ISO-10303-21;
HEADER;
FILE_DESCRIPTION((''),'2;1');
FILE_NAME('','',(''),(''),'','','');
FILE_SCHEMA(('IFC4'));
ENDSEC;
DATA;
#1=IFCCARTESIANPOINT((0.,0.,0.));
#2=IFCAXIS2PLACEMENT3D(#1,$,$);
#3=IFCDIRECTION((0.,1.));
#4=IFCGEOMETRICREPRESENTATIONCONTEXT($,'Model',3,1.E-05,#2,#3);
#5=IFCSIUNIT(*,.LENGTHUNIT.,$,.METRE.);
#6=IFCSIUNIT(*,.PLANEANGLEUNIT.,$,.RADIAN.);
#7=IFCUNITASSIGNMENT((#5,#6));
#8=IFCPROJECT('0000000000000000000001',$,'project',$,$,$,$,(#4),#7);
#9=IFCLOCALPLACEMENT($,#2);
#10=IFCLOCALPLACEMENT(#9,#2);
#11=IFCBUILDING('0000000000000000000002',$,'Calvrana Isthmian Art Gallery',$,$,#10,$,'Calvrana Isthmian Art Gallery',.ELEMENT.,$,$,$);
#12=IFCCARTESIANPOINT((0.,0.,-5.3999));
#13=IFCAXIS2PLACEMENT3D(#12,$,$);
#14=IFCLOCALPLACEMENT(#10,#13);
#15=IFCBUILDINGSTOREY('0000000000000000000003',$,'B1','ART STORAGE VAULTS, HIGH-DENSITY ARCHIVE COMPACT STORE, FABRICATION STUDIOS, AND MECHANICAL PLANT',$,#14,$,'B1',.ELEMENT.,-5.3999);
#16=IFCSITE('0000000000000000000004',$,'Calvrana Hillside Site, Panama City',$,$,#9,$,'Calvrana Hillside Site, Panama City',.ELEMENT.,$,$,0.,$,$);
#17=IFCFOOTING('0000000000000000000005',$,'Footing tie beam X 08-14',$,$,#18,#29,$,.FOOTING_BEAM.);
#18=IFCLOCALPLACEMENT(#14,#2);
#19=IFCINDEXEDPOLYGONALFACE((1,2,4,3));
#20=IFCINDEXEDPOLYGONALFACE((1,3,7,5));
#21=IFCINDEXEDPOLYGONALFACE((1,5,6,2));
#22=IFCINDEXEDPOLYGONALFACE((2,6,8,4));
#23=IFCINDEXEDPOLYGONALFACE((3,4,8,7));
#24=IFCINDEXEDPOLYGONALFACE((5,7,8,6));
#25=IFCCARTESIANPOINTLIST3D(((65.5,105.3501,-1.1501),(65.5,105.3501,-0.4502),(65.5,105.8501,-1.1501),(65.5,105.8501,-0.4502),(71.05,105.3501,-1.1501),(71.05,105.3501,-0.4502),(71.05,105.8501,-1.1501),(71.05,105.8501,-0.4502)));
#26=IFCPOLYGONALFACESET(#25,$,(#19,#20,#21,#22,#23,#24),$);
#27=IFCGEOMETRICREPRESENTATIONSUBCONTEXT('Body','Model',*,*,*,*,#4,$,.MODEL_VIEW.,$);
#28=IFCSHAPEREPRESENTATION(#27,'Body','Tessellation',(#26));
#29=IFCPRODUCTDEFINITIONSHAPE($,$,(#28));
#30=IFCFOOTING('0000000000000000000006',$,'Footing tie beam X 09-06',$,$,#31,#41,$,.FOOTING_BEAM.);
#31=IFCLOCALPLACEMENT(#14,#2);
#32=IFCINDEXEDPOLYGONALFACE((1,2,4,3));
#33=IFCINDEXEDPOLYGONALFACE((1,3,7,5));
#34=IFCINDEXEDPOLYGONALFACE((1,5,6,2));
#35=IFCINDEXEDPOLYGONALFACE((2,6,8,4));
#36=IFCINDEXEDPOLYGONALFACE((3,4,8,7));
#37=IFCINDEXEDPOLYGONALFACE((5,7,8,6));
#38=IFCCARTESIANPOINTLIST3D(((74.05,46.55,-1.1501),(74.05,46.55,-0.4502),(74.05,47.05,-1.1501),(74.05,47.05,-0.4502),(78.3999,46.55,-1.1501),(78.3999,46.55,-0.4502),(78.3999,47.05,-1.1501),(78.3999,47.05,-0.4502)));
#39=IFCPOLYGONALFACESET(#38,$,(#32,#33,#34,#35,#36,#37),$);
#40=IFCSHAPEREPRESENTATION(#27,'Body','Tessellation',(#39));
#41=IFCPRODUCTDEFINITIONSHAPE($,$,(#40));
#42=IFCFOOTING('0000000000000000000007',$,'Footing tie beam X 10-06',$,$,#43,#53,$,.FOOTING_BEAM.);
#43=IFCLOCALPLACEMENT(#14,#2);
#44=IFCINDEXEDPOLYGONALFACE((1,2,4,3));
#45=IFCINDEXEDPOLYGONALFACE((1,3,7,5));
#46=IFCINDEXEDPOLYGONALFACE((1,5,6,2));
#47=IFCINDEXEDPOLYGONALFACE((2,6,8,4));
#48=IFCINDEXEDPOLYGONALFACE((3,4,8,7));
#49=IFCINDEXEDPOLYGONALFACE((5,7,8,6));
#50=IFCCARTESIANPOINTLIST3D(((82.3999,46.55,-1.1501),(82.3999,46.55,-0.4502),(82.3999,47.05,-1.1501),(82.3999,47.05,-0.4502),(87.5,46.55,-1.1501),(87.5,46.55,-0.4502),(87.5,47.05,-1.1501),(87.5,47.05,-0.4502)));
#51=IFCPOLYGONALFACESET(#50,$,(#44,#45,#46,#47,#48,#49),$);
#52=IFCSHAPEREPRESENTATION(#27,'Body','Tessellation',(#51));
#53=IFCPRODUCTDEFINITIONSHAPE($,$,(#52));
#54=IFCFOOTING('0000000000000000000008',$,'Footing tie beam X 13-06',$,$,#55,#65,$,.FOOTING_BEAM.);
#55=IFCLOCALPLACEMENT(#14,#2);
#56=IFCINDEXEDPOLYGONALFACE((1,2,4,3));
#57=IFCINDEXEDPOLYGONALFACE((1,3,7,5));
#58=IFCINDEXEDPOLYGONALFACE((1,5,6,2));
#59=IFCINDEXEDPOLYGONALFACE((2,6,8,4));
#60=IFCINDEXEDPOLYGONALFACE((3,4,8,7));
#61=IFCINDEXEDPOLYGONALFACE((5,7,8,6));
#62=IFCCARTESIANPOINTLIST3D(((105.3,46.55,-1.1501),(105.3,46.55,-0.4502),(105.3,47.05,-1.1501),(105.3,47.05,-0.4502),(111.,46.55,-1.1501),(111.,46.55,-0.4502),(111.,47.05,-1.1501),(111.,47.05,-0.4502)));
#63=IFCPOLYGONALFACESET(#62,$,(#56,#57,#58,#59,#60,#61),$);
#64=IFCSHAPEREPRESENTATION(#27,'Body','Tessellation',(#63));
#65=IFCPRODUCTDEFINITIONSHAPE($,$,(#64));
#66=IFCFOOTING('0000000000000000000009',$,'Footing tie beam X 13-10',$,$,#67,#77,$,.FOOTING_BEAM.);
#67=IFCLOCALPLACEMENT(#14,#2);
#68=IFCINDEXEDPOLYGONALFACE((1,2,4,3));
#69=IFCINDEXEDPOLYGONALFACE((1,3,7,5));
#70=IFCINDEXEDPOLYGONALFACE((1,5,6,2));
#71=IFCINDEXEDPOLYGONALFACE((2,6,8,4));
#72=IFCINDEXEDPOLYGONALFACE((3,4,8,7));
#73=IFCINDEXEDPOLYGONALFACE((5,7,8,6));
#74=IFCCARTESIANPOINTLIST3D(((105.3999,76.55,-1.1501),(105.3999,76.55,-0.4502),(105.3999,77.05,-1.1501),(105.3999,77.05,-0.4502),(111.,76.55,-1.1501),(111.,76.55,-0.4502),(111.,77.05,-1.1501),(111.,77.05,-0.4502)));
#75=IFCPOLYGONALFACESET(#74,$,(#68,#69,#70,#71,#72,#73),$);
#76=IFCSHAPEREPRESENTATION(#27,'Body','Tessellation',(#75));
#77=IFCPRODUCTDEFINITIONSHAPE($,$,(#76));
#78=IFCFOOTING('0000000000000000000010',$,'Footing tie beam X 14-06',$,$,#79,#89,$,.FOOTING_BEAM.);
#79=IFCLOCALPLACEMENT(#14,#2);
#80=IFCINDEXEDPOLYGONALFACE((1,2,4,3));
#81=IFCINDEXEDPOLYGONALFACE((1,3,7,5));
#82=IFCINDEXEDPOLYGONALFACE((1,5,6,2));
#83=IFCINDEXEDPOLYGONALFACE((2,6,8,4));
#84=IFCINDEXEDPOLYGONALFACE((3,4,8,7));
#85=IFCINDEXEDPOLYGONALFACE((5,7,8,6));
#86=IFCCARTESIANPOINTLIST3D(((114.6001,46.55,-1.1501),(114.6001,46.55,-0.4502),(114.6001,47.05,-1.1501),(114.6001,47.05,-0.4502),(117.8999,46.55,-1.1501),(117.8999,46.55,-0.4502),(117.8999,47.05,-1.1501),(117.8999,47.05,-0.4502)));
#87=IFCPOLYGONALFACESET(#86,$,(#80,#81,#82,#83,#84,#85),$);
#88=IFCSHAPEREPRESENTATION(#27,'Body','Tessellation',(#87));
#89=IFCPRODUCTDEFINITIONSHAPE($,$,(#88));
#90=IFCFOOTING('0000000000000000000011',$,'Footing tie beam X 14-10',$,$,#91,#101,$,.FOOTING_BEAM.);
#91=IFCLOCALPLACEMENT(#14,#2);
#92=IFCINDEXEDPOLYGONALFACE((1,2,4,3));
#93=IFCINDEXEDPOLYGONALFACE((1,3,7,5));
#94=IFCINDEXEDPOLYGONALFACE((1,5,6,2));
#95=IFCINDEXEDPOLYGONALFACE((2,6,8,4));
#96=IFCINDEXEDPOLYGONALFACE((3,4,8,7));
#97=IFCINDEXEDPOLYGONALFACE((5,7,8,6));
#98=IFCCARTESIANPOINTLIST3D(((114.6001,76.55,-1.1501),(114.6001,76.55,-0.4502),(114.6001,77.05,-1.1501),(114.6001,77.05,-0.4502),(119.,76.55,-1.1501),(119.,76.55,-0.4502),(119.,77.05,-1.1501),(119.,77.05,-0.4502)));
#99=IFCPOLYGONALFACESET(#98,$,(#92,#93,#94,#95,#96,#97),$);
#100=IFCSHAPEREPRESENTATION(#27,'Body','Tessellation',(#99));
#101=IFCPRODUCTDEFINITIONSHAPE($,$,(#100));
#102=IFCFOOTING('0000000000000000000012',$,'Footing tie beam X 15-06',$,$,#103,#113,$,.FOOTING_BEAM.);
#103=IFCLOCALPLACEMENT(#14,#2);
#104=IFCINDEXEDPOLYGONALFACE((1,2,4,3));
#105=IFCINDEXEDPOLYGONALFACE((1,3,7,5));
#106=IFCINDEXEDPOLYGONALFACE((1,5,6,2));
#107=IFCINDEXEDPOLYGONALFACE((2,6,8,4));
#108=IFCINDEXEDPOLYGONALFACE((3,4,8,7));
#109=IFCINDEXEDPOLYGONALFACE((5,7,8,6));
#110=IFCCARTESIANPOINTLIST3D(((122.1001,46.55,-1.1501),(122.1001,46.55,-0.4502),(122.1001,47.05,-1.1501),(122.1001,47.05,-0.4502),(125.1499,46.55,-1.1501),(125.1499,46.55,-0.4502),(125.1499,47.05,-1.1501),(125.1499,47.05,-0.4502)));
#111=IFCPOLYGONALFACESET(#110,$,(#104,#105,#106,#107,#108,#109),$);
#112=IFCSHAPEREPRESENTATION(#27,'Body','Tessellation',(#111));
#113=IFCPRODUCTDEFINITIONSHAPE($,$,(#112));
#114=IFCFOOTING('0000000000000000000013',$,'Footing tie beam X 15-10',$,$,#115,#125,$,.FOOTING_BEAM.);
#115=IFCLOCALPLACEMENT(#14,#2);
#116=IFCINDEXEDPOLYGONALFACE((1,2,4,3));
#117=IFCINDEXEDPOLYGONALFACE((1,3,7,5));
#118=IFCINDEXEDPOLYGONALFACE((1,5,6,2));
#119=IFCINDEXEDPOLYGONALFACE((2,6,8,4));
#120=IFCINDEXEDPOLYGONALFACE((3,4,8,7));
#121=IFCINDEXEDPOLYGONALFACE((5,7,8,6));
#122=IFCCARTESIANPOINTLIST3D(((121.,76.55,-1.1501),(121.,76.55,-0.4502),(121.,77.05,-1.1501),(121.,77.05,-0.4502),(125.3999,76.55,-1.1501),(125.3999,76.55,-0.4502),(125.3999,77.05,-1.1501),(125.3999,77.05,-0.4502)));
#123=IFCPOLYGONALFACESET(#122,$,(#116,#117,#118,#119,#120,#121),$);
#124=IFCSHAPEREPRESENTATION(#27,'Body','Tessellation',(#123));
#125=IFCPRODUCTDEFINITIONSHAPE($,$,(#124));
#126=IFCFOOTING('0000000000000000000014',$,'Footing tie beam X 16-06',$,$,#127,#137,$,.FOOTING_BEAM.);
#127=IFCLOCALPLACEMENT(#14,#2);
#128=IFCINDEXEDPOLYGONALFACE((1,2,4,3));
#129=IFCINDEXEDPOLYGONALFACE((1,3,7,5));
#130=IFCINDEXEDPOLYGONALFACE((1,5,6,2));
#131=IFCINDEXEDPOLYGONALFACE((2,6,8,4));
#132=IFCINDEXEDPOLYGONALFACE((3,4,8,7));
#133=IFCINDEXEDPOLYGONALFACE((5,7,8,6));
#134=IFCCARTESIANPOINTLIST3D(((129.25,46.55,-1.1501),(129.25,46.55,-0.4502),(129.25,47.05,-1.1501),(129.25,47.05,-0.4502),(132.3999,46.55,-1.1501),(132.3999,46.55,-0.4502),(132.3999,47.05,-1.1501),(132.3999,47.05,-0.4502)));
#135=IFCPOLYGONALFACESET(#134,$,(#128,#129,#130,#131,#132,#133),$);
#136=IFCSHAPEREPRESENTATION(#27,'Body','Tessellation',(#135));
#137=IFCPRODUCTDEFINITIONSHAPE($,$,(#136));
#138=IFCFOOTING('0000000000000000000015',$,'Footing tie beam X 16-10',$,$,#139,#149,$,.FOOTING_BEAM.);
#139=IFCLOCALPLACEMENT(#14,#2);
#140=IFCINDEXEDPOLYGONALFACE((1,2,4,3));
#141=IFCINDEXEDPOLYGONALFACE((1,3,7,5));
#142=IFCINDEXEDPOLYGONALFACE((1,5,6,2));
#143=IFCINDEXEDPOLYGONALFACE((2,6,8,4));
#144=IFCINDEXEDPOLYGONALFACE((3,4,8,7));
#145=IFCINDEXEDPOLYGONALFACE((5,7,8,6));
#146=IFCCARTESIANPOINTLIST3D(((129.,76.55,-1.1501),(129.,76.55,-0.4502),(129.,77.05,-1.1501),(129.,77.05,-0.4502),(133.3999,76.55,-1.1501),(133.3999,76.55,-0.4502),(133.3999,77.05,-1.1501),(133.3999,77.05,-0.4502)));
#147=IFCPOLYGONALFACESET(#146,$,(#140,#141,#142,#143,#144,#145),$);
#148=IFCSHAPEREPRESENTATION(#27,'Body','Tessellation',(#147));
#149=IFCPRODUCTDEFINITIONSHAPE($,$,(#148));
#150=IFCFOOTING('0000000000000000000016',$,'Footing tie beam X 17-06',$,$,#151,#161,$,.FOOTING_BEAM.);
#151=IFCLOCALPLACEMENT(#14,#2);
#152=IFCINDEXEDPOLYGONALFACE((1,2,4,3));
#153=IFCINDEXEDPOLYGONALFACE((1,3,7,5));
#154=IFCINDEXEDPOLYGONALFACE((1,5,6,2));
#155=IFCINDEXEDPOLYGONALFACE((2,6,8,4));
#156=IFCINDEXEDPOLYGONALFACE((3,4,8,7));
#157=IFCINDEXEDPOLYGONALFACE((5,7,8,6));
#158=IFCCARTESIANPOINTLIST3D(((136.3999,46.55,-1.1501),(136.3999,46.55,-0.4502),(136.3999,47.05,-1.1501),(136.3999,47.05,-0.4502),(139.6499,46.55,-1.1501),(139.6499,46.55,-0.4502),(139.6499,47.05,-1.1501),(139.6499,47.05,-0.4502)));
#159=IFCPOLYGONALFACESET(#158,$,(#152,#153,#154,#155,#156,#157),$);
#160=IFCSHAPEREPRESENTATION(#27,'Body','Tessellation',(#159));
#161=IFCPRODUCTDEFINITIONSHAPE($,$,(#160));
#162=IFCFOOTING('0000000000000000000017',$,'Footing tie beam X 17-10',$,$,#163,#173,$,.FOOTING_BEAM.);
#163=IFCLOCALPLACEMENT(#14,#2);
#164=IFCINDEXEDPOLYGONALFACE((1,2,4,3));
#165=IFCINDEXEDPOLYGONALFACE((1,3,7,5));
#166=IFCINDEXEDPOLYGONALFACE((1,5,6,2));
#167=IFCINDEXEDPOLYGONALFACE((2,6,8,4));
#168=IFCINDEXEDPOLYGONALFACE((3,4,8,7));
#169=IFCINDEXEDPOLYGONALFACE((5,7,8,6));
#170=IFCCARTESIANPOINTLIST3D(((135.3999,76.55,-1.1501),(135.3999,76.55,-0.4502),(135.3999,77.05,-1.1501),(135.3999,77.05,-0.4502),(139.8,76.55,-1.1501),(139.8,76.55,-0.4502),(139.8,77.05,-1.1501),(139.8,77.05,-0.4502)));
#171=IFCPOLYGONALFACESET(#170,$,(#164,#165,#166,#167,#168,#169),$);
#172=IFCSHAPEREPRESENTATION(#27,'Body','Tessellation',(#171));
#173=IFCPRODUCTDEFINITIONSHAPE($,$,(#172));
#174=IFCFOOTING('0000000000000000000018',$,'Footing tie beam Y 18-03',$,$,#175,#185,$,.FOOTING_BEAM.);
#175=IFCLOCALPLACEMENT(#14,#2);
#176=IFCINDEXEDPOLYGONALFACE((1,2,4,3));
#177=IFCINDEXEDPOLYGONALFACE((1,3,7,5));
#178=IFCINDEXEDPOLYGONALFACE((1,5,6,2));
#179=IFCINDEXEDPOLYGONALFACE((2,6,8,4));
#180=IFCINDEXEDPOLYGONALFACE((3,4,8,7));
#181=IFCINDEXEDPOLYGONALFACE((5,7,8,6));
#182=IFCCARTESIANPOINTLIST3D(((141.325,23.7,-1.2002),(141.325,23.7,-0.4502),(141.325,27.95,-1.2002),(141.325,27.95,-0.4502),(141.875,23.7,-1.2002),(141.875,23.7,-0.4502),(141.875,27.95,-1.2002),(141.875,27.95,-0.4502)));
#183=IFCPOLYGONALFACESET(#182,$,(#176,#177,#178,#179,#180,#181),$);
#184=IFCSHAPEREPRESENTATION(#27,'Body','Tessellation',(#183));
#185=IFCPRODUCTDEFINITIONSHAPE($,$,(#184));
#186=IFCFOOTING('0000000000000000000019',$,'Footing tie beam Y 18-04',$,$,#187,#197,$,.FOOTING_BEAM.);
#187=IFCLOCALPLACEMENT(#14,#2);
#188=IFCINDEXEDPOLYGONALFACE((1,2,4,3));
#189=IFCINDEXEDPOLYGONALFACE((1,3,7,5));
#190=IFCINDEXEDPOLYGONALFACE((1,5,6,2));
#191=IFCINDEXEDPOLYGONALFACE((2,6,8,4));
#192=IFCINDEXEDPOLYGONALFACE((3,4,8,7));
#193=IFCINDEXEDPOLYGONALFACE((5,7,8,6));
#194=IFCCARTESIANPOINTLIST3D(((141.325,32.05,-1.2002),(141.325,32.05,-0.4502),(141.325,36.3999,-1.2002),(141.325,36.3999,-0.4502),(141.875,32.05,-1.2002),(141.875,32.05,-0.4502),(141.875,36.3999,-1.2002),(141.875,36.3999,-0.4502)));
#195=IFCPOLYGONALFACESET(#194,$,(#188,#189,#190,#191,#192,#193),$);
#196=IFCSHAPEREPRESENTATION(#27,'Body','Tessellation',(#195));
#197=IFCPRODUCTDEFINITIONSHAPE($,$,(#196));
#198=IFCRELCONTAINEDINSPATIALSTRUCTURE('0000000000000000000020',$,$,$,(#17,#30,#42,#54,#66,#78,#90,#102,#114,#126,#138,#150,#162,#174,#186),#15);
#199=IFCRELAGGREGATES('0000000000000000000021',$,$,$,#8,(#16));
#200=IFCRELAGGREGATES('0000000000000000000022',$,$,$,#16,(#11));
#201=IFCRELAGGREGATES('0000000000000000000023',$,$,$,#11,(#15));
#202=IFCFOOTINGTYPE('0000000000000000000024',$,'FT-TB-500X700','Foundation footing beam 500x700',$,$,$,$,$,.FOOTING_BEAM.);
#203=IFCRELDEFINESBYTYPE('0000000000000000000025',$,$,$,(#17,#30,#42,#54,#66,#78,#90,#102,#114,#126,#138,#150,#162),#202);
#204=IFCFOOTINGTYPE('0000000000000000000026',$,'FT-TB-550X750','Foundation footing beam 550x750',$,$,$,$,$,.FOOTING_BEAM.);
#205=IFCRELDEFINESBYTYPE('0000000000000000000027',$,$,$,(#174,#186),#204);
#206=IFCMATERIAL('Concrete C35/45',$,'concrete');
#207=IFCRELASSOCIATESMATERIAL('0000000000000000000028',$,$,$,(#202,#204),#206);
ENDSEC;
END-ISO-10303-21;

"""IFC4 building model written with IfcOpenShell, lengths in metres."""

from ifc_helpers import new_model, si_unit, direction, frame, origin, place, context, subcontext, project, spatial, polyline, outline, extrude, material, type_object, element, save


model = new_model("IFC4")

# Units and contexts
model_context = context("Model", 3, precision=1e-05, world=origin(), true_north=direction((0.0, 1.0)))
body_context = subcontext(model_context, "Body", "Model", "MODEL_VIEW")
ifc_project = project(units=[si_unit("LENGTHUNIT", "METRE"), si_unit("PLANEANGLEUNIT", "RADIAN")], contexts=[model_context])

# Site, building, storey
site_placement = place(None, origin())
site = spatial("IfcSite", under=ifc_project, at=site_placement, Name="Calvrana Hillside Site, Panama City", LongName="Calvrana Hillside Site, Panama City", CompositionType="ELEMENT", RefElevation=0.0)
building_placement = place(site_placement, origin())
building = spatial("IfcBuilding", under=site, at=building_placement, Name="Calvrana Isthmian Art Gallery", LongName="Calvrana Isthmian Art Gallery", CompositionType="ELEMENT")
storey_placement = place(building_placement, frame((0.0, 0.0, -5.3999)))
storey = spatial("IfcBuildingStorey", under=building, at=storey_placement, Name="B1", Description="ART STORAGE VAULTS, HIGH-DENSITY ARCHIVE COMPACT STORE, FABRICATION STUDIOS, AND MECHANICAL PLANT", LongName="B1", CompositionType="ELEMENT", Elevation=-5.3999)

# Footings
ifc_material = material(Name="Concrete C35/45", Category="concrete")
footing_type_1 = type_object("IfcFootingType", Name="FT-TB-500X700", Description="Foundation footing beam 500x700", PredefinedType="FOOTING_BEAM", material=ifc_material)
footing_1_placement = place(storey_placement, frame((0.0, 0.0, -1.1501)))
element("IfcFooting", 1, at=footing_1_placement, inside=storey, type_object=footing_type_1, Name="Footing tie beam X 08-14", PredefinedType="FOOTING_BEAM", context=body_context, shape_type="SweptSolid", body=[
    extrude(outline(polyline([(65.5, 105.3501), (71.05, 105.3501), (71.05, 105.8501), (65.5, 105.8501), (65.5, 105.3501)])), origin(), (0.0, 0.0, 1.0), 0.7),
])
footing_2_placement = place(storey_placement, frame((0.0, 0.0, -1.1501)))
element("IfcFooting", 2, at=footing_2_placement, inside=storey, type_object=footing_type_1, Name="Footing tie beam X 09-06", PredefinedType="FOOTING_BEAM", context=body_context, shape_type="SweptSolid", body=[
    extrude(outline(polyline([(74.05, 46.55), (78.3999, 46.55), (78.3999, 47.05), (74.05, 47.05), (74.05, 46.55)])), origin(), (0.0, 0.0, 1.0), 0.7),
])
footing_3_placement = place(storey_placement, frame((0.0, 0.0, -1.1501)))
element("IfcFooting", 3, at=footing_3_placement, inside=storey, type_object=footing_type_1, Name="Footing tie beam X 10-06", PredefinedType="FOOTING_BEAM", context=body_context, shape_type="SweptSolid", body=[
    extrude(outline(polyline([(82.3999, 46.55), (87.5, 46.55), (87.5, 47.05), (82.3999, 47.05), (82.3999, 46.55)])), origin(), (0.0, 0.0, 1.0), 0.7),
])
footing_4_placement = place(storey_placement, frame((0.0, 0.0, -1.1501)))
element("IfcFooting", 4, at=footing_4_placement, inside=storey, type_object=footing_type_1, Name="Footing tie beam X 13-06", PredefinedType="FOOTING_BEAM", context=body_context, shape_type="SweptSolid", body=[
    extrude(outline(polyline([(105.3, 46.55), (111.0, 46.55), (111.0, 47.05), (105.3, 47.05), (105.3, 46.55)])), origin(), (0.0, 0.0, 1.0), 0.7),
])
footing_5_placement = place(storey_placement, frame((0.0, 0.0, -1.1501)))
element("IfcFooting", 5, at=footing_5_placement, inside=storey, type_object=footing_type_1, Name="Footing tie beam X 13-10", PredefinedType="FOOTING_BEAM", context=body_context, shape_type="SweptSolid", body=[
    extrude(outline(polyline([(105.3999, 76.55), (111.0, 76.55), (111.0, 77.05), (105.3999, 77.05), (105.3999, 76.55)])), origin(), (0.0, 0.0, 1.0), 0.7),
])
footing_6_placement = place(storey_placement, frame((0.0, 0.0, -1.1501)))
element("IfcFooting", 6, at=footing_6_placement, inside=storey, type_object=footing_type_1, Name="Footing tie beam X 14-06", PredefinedType="FOOTING_BEAM", context=body_context, shape_type="SweptSolid", body=[
    extrude(outline(polyline([(114.6001, 46.55), (117.8999, 46.55), (117.8999, 47.05), (114.6001, 47.05), (114.6001, 46.55)])), origin(), (0.0, 0.0, 1.0), 0.7),
])
footing_7_placement = place(storey_placement, frame((0.0, 0.0, -1.1501)))
element("IfcFooting", 7, at=footing_7_placement, inside=storey, type_object=footing_type_1, Name="Footing tie beam X 14-10", PredefinedType="FOOTING_BEAM", context=body_context, shape_type="SweptSolid", body=[
    extrude(outline(polyline([(114.6001, 76.55), (119.0, 76.55), (119.0, 77.05), (114.6001, 77.05), (114.6001, 76.55)])), origin(), (0.0, 0.0, 1.0), 0.7),
])
footing_8_placement = place(storey_placement, frame((0.0, 0.0, -1.1501)))
element("IfcFooting", 8, at=footing_8_placement, inside=storey, type_object=footing_type_1, Name="Footing tie beam X 15-06", PredefinedType="FOOTING_BEAM", context=body_context, shape_type="SweptSolid", body=[
    extrude(outline(polyline([(122.1001, 46.55), (125.1499, 46.55), (125.1499, 47.05), (122.1001, 47.05), (122.1001, 46.55)])), origin(), (0.0, 0.0, 1.0), 0.7),
])
footing_9_placement = place(storey_placement, frame((0.0, 0.0, -1.1501)))
element("IfcFooting", 9, at=footing_9_placement, inside=storey, type_object=footing_type_1, Name="Footing tie beam X 15-10", PredefinedType="FOOTING_BEAM", context=body_context, shape_type="SweptSolid", body=[
    extrude(outline(polyline([(121.0, 76.55), (125.3999, 76.55), (125.3999, 77.05), (121.0, 77.05), (121.0, 76.55)])), origin(), (0.0, 0.0, 1.0), 0.7),
])
footing_10_placement = place(storey_placement, frame((0.0, 0.0, -1.1501)))
element("IfcFooting", 10, at=footing_10_placement, inside=storey, type_object=footing_type_1, Name="Footing tie beam X 16-06", PredefinedType="FOOTING_BEAM", context=body_context, shape_type="SweptSolid", body=[
    extrude(outline(polyline([(129.25, 46.55), (132.3999, 46.55), (132.3999, 47.05), (129.25, 47.05), (129.25, 46.55)])), origin(), (0.0, 0.0, 1.0), 0.7),
])
footing_11_placement = place(storey_placement, frame((0.0, 0.0, -1.1501)))
element("IfcFooting", 11, at=footing_11_placement, inside=storey, type_object=footing_type_1, Name="Footing tie beam X 16-10", PredefinedType="FOOTING_BEAM", context=body_context, shape_type="SweptSolid", body=[
    extrude(outline(polyline([(129.0, 76.55), (133.3999, 76.55), (133.3999, 77.05), (129.0, 77.05), (129.0, 76.55)])), origin(), (0.0, 0.0, 1.0), 0.7),
])
footing_12_placement = place(storey_placement, frame((0.0, 0.0, -1.1501)))
element("IfcFooting", 12, at=footing_12_placement, inside=storey, type_object=footing_type_1, Name="Footing tie beam X 17-06", PredefinedType="FOOTING_BEAM", context=body_context, shape_type="SweptSolid", body=[
    extrude(outline(polyline([(136.3999, 46.55), (139.6499, 46.55), (139.6499, 47.05), (136.3999, 47.05), (136.3999, 46.55)])), origin(), (0.0, 0.0, 1.0), 0.7),
])
footing_13_placement = place(storey_placement, frame((0.0, 0.0, -1.1501)))
element("IfcFooting", 13, at=footing_13_placement, inside=storey, type_object=footing_type_1, Name="Footing tie beam X 17-10", PredefinedType="FOOTING_BEAM", context=body_context, shape_type="SweptSolid", body=[
    extrude(outline(polyline([(135.3999, 76.55), (139.8, 76.55), (139.8, 77.05), (135.3999, 77.05), (135.3999, 76.55)])), origin(), (0.0, 0.0, 1.0), 0.7),
])
footing_type_2 = type_object("IfcFootingType", Name="FT-TB-550X750", Description="Foundation footing beam 550x750", PredefinedType="FOOTING_BEAM", material=ifc_material)
footing_14_placement = place(storey_placement, frame((0.0, 0.0, -1.2002)))
element("IfcFooting", 14, at=footing_14_placement, inside=storey, type_object=footing_type_2, Name="Footing tie beam Y 18-03", PredefinedType="FOOTING_BEAM", context=body_context, shape_type="SweptSolid", body=[
    extrude(outline(polyline([(141.325, 23.7), (141.875, 23.7), (141.875, 27.95), (141.325, 27.95), (141.325, 23.7)])), origin(), (0.0, 0.0, 1.0), 0.75),
])
footing_15_placement = place(storey_placement, frame((0.0, 0.0, -1.2002)))
element("IfcFooting", 15, at=footing_15_placement, inside=storey, type_object=footing_type_2, Name="Footing tie beam Y 18-04", PredefinedType="FOOTING_BEAM", context=body_context, shape_type="SweptSolid", body=[
    extrude(outline(polyline([(141.325, 32.05), (141.875, 32.05), (141.875, 36.3999), (141.325, 36.3999), (141.325, 32.05)])), origin(), (0.0, 0.0, 1.0), 0.75),
])

save(model, "model.ifc")
